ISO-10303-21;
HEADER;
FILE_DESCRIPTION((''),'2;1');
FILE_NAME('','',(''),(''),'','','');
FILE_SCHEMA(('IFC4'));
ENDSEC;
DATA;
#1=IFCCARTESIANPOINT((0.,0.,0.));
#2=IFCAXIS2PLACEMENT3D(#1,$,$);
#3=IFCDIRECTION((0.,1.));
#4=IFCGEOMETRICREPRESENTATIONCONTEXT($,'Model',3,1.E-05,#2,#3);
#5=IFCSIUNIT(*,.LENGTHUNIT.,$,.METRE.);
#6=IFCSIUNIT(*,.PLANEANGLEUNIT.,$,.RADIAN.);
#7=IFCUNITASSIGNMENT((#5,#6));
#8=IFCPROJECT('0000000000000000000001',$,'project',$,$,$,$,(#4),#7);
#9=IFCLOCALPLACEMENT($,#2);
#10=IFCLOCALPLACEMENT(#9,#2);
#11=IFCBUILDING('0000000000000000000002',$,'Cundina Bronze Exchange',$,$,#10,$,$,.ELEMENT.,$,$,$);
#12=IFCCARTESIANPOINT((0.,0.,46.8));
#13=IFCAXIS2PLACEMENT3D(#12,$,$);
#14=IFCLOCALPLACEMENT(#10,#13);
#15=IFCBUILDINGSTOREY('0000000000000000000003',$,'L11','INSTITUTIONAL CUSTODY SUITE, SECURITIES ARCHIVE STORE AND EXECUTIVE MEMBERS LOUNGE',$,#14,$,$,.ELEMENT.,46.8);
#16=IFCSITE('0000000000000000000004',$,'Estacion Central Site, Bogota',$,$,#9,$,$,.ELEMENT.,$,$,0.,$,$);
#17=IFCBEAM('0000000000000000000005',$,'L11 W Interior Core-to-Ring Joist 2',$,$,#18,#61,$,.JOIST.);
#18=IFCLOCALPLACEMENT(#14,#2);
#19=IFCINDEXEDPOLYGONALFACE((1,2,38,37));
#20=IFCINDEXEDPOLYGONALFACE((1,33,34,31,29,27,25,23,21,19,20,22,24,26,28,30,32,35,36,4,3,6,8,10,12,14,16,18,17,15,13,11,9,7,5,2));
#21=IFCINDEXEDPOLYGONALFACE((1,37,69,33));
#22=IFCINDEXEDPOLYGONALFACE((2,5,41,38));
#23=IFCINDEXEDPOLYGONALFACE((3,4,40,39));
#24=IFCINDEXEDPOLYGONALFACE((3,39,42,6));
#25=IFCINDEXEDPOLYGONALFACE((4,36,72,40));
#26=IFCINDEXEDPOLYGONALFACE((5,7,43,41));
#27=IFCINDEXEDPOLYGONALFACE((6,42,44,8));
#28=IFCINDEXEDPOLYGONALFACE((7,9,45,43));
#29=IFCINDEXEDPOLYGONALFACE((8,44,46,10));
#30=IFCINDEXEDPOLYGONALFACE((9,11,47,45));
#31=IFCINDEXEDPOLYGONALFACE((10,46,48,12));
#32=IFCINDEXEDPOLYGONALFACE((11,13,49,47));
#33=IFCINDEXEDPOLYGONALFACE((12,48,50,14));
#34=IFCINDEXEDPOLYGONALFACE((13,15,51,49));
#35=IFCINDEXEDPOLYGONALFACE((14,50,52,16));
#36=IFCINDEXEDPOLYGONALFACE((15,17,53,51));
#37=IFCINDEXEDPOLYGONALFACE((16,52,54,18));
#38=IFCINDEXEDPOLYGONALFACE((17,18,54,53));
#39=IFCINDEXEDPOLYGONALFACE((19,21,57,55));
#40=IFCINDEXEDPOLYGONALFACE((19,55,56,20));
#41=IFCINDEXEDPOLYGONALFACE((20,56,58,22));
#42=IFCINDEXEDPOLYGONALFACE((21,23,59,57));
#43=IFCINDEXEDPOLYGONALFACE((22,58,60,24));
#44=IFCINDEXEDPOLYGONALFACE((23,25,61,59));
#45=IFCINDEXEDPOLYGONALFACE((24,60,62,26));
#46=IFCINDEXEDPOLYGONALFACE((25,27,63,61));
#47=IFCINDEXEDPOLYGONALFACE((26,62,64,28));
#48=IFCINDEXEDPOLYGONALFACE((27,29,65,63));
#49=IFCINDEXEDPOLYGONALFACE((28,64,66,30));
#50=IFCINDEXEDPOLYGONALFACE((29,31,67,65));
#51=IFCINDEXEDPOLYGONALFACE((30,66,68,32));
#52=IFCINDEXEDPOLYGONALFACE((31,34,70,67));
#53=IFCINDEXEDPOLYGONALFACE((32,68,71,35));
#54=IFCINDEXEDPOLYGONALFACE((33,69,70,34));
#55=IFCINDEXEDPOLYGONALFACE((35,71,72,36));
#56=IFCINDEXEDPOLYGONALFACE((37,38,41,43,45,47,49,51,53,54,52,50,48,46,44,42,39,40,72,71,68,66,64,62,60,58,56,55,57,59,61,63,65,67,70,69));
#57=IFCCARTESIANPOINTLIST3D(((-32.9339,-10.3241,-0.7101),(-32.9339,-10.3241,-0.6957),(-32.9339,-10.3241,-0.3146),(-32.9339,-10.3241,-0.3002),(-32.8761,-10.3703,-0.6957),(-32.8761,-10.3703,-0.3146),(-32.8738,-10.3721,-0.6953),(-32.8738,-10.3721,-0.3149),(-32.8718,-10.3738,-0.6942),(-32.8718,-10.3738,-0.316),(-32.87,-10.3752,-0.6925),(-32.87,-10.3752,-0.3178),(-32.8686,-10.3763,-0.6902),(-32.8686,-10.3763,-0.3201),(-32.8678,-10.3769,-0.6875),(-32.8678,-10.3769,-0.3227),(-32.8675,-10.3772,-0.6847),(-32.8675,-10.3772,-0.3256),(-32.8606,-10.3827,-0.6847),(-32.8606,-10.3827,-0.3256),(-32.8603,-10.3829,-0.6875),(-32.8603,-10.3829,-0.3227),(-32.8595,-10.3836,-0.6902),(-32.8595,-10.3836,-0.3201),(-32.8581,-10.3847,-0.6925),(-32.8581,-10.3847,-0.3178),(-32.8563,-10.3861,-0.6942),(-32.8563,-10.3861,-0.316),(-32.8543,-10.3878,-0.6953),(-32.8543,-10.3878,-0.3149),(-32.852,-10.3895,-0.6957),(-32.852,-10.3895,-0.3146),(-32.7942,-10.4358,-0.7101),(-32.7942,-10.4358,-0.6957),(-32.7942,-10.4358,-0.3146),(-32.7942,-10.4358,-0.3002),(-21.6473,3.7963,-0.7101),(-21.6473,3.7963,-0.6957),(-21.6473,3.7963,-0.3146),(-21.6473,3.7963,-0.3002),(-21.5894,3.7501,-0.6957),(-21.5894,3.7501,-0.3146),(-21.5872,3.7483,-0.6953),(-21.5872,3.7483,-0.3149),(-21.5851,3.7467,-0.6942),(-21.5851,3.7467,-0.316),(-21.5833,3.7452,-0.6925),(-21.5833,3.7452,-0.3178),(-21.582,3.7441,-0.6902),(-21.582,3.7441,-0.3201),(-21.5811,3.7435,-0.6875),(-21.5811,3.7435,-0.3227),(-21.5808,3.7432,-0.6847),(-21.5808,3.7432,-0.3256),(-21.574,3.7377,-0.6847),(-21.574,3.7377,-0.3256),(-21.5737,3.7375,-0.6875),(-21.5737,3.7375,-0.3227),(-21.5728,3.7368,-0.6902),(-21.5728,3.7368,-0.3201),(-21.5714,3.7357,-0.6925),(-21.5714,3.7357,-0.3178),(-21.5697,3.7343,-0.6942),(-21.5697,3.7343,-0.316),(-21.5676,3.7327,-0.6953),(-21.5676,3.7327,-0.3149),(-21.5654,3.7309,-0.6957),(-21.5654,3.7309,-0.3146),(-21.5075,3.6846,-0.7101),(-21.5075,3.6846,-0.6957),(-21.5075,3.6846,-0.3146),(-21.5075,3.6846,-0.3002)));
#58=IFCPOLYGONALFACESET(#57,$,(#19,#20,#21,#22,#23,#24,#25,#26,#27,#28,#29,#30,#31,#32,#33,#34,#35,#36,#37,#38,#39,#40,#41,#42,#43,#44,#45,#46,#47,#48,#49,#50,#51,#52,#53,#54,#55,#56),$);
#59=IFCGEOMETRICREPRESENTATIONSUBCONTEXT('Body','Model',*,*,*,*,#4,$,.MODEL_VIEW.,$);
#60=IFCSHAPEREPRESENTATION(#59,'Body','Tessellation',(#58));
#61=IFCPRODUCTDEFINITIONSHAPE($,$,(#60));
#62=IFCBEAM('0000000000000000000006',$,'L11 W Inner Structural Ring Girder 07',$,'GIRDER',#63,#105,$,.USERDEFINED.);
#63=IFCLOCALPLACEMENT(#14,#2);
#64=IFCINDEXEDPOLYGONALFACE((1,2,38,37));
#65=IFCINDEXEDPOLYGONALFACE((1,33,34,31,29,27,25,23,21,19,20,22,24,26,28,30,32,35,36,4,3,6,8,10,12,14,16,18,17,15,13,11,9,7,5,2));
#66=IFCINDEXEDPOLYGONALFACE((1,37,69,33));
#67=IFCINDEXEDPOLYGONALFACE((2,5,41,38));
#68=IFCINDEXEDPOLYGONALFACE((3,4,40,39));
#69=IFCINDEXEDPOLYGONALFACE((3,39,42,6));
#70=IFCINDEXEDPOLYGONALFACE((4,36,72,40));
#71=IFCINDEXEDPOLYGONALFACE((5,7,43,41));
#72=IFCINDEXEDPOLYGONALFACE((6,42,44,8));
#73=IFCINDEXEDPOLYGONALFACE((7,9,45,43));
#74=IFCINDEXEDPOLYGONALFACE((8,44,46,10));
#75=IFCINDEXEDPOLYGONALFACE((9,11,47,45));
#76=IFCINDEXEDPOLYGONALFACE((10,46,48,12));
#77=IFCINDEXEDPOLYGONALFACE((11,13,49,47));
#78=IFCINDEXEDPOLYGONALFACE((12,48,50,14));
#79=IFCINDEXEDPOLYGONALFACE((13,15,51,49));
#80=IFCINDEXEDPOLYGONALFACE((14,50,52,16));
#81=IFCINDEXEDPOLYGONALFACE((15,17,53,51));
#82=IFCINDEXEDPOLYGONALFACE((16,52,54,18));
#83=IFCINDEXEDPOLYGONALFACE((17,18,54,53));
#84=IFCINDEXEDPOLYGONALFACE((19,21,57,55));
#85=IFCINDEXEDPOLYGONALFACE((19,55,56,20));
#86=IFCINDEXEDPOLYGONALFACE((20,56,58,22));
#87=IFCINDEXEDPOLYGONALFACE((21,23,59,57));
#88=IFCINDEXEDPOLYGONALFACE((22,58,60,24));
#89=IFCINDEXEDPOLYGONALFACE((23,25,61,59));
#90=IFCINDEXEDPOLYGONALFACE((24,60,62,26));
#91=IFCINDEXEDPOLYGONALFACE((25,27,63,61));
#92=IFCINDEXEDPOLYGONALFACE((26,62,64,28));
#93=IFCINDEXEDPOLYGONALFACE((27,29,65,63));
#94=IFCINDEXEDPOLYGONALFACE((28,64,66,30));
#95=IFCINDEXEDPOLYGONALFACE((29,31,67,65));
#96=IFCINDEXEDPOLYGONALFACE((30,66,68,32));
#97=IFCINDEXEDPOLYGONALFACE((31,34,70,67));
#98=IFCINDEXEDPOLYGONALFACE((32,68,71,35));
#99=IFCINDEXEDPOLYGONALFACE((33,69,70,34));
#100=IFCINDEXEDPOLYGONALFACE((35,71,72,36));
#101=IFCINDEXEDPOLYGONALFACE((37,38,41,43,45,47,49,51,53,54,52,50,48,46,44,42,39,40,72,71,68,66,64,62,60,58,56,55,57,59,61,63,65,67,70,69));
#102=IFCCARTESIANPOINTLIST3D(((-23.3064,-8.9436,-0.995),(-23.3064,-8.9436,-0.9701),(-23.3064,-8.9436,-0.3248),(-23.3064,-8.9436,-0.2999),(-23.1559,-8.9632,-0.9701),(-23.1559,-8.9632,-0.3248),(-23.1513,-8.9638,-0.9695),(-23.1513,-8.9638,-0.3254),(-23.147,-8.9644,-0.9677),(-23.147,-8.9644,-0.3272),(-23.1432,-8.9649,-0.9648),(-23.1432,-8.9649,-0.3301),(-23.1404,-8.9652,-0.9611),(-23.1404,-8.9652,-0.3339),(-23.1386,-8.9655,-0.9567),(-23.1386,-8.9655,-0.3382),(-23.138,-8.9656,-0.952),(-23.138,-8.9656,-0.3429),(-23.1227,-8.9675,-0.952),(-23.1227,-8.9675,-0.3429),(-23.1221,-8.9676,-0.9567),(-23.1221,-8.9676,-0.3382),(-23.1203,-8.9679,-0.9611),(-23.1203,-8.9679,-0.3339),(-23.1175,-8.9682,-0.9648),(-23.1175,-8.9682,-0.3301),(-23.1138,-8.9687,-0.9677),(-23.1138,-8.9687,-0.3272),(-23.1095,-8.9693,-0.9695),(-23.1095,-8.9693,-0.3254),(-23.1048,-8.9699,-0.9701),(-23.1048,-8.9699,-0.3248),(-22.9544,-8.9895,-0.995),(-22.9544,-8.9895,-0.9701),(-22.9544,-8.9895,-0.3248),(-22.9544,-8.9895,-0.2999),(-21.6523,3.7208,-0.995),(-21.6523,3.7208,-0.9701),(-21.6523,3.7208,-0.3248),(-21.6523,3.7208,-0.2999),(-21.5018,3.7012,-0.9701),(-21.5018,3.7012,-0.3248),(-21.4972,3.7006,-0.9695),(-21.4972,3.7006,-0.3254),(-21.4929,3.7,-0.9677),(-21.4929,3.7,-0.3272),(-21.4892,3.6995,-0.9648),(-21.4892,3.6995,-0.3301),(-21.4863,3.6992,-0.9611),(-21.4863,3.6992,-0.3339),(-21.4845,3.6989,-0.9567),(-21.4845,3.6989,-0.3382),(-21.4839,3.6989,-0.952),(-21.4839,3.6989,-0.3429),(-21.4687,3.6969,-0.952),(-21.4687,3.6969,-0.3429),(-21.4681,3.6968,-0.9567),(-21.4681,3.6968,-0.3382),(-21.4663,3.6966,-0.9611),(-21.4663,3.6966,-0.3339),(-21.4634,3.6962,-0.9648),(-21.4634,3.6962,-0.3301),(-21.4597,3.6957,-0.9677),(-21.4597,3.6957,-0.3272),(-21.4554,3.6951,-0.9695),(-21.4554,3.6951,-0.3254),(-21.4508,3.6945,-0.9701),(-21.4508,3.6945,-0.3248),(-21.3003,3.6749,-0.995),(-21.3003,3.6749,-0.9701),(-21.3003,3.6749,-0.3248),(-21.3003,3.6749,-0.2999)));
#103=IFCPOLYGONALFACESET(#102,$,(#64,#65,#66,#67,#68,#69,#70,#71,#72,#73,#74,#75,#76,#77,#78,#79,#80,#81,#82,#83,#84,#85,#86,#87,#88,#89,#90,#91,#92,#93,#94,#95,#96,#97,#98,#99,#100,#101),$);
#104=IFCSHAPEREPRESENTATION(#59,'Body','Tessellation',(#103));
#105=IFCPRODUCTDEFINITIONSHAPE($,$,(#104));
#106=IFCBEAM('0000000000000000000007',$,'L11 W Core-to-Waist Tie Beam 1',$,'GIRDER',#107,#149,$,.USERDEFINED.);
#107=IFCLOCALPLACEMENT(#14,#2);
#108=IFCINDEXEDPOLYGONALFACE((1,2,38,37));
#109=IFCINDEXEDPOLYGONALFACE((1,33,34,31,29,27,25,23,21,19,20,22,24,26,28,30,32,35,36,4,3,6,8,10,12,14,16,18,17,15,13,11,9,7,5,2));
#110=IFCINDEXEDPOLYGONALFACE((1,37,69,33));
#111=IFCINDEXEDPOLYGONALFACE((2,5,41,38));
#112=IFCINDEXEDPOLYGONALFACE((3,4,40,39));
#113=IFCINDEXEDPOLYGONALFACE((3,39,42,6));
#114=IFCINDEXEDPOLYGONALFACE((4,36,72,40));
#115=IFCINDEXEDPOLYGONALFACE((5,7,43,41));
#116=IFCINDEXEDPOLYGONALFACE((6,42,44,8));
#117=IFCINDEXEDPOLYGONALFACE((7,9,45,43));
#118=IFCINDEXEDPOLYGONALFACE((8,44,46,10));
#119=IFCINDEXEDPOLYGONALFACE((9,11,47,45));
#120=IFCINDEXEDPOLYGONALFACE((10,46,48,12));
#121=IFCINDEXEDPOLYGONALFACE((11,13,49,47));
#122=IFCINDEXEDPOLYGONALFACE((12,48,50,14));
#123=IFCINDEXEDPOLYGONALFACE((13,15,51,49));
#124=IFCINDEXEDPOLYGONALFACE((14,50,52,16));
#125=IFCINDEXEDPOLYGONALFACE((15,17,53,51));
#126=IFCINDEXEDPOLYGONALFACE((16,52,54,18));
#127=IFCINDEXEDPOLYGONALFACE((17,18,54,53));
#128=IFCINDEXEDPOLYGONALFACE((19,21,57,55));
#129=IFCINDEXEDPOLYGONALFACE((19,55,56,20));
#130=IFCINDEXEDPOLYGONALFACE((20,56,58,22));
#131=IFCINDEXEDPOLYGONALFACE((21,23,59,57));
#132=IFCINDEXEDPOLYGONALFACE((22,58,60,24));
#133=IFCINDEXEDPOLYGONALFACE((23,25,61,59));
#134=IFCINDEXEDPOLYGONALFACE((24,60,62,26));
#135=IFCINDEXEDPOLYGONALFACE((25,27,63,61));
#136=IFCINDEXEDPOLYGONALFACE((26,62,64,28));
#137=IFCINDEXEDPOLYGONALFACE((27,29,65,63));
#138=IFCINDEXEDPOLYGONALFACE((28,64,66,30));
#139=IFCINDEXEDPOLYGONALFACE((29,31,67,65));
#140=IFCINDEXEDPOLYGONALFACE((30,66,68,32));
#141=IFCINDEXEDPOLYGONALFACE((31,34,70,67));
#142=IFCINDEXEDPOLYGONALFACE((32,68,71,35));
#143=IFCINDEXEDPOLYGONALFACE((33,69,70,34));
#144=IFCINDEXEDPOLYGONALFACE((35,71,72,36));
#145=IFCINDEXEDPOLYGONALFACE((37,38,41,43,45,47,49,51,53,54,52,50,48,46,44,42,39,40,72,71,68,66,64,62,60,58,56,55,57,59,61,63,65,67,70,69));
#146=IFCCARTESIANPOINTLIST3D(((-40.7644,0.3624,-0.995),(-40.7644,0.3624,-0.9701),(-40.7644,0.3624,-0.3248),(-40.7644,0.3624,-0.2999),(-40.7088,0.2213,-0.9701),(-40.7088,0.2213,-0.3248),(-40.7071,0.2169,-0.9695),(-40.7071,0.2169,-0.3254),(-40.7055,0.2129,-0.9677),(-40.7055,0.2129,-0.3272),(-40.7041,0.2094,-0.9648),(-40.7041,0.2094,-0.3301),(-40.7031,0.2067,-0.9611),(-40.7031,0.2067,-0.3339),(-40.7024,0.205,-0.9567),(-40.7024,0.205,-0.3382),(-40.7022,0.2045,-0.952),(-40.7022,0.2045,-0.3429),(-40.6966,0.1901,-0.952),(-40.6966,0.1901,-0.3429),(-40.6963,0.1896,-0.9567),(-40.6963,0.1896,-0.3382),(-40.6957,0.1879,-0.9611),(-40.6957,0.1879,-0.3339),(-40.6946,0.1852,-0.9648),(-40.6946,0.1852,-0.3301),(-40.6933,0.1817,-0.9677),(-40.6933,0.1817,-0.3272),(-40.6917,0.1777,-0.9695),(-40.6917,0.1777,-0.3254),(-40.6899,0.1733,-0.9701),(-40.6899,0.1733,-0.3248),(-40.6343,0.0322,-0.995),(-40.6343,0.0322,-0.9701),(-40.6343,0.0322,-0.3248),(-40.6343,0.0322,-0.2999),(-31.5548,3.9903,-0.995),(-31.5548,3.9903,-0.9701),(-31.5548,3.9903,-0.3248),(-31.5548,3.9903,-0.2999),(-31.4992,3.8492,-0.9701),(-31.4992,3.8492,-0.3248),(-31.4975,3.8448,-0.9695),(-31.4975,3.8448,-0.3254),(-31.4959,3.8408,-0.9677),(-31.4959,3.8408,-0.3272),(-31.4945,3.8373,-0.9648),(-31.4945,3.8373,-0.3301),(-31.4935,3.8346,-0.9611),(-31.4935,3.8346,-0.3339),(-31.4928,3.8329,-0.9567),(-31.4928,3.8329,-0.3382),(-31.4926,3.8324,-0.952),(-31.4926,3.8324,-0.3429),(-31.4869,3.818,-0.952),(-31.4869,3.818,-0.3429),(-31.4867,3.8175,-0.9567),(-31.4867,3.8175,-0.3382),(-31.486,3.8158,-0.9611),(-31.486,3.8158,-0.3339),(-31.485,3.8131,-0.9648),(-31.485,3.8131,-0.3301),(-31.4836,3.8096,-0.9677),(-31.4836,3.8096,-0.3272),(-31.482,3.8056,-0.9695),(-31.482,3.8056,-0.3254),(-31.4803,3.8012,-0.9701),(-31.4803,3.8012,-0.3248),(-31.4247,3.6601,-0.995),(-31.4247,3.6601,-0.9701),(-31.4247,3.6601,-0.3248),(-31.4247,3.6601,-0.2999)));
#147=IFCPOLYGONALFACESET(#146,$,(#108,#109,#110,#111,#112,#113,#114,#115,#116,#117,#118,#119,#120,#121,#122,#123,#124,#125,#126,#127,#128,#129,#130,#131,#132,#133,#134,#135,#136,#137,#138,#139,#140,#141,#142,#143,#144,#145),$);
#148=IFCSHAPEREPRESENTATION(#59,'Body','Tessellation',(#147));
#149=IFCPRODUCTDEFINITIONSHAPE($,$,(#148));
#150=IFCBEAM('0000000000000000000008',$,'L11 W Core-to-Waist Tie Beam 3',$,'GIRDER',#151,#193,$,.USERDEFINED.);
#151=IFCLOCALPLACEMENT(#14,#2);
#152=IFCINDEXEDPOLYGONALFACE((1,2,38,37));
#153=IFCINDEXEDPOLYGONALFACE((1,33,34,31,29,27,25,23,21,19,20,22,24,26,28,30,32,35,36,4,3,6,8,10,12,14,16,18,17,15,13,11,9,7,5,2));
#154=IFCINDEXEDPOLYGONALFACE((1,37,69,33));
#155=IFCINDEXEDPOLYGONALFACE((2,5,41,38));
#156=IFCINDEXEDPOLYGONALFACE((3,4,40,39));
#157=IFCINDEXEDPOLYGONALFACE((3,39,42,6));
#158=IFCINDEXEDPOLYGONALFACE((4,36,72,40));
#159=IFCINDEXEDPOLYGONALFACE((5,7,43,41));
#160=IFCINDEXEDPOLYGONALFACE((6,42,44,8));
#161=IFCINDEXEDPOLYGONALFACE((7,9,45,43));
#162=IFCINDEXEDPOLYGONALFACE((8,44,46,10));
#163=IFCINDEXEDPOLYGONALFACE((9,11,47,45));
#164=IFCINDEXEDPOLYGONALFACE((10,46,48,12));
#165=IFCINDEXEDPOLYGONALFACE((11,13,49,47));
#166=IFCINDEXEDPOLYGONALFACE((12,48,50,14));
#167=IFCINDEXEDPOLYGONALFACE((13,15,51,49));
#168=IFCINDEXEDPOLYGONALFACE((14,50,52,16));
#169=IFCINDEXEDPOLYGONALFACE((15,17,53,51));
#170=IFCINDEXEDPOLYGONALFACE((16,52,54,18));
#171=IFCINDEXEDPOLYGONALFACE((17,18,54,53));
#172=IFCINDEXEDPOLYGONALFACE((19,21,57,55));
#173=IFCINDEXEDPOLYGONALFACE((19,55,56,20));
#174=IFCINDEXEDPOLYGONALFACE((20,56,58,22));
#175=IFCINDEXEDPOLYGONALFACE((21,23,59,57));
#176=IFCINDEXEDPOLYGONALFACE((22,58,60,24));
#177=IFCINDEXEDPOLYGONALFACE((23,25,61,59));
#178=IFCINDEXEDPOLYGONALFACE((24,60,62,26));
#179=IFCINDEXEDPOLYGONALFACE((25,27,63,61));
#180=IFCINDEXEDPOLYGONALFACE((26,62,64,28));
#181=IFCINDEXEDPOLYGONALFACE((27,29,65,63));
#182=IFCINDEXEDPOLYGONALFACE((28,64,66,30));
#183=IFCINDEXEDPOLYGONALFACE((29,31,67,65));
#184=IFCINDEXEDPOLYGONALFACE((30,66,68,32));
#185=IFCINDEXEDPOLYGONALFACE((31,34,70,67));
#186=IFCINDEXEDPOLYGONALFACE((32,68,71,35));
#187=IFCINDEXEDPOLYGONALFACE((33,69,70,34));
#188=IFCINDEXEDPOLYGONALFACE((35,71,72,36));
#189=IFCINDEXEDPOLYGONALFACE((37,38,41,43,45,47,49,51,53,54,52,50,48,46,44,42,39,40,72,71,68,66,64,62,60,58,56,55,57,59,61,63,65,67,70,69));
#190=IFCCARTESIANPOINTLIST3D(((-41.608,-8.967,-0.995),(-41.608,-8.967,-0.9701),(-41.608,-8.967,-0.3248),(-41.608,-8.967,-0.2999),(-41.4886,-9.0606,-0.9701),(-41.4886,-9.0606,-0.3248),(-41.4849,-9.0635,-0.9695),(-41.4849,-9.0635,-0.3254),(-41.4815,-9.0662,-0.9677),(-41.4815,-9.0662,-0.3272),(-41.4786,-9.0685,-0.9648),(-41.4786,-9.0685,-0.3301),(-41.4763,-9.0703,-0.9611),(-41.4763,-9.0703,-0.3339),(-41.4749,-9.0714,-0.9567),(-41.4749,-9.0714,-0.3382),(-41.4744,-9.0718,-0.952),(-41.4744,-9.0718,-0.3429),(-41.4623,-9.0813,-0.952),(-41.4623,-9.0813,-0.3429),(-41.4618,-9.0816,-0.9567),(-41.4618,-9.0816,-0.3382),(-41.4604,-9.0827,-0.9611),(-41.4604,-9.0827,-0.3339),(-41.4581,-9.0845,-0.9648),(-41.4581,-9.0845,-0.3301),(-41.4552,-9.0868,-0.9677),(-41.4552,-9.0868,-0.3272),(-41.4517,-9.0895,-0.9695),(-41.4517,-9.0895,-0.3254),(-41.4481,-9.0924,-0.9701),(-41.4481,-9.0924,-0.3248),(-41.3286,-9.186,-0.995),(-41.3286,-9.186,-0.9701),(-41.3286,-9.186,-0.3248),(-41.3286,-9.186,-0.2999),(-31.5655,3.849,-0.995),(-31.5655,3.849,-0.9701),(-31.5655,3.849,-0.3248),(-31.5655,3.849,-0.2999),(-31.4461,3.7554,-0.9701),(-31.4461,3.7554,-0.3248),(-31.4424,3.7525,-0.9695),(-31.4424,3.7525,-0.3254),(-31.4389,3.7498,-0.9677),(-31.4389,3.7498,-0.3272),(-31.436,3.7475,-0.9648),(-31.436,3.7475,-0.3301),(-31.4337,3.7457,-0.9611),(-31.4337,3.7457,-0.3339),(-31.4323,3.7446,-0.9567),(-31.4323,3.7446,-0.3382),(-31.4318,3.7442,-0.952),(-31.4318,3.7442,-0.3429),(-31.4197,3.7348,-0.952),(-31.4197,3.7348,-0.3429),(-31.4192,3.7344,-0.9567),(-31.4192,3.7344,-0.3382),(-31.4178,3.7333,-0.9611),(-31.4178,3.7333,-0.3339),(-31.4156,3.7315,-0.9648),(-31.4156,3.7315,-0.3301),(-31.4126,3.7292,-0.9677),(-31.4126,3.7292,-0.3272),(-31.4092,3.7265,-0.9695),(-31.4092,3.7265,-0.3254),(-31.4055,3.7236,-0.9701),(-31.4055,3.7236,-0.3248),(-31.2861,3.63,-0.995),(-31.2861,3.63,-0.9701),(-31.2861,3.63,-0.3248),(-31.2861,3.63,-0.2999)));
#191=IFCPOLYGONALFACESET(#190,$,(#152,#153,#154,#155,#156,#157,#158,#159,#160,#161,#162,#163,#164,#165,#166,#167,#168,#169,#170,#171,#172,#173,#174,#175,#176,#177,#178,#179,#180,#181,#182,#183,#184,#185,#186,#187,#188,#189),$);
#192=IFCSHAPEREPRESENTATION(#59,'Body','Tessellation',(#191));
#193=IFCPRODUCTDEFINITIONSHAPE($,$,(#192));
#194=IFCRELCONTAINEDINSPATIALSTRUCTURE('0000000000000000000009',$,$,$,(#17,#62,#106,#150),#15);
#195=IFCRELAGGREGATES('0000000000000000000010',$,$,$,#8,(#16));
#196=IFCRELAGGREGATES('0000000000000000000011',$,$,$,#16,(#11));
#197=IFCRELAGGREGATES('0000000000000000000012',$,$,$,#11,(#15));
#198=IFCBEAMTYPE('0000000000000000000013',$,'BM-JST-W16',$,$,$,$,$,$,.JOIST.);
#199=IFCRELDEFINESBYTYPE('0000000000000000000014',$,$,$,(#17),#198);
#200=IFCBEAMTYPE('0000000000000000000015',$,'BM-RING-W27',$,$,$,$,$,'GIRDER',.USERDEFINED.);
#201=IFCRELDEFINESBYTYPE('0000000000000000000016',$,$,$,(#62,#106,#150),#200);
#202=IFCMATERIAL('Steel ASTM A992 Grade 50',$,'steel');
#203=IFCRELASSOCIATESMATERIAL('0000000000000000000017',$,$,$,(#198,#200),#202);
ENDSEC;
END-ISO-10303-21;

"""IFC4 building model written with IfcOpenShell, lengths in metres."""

from ifc_helpers import new_model, si_unit, direction, frame, origin, origin_2d, place, context, subcontext, project, spatial, i_section, extrude, material, material_profile, profile_set, type_object, element, save


model = new_model("IFC4")

# Units and contexts
model_context = context("Model", 3, precision=1e-05, world=origin(), true_north=direction((0.0, 1.0)))
body_context = subcontext(model_context, "Body", "Model", "MODEL_VIEW")
ifc_project = project(units=[si_unit("LENGTHUNIT", "METRE"), si_unit("PLANEANGLEUNIT", "RADIAN")], contexts=[model_context])

# Site, building, storey
site_placement = place(None, origin())
site = spatial("IfcSite", under=ifc_project, at=site_placement, Name="Estacion Central Site, Bogota", CompositionType="ELEMENT", RefElevation=0.0)
building_placement = place(site_placement, origin())
building = spatial("IfcBuilding", under=site, at=building_placement, Name="Cundina Bronze Exchange", CompositionType="ELEMENT")
storey_placement = place(building_placement, frame((0.0, 0.0, 46.8)))
storey = spatial("IfcBuildingStorey", under=building, at=storey_placement, Name="L11", Description="INSTITUTIONAL CUSTODY SUITE, SECURITIES ARCHIVE STORE AND EXECUTIVE MEMBERS LOUNGE", CompositionType="ELEMENT", Elevation=46.8)

# Shared definitions
ifc_material_1 = material(Name="Steel ASTM A992 Grade 50", Category="steel")

# Beams
ifc_material_profile_1 = material_profile(ifc_material_1, i_section(OverallWidth=0.179, OverallDepth=0.4099, WebThickness=0.0088, FlangeThickness=0.0144, FilletRadius=0.011, at=origin_2d()), Name="W16X45", Category="steel")
ifc_profile_set_1 = profile_set([ifc_material_profile_1], Name="Steel ASTM A992 Grade 50")
beam_type_1 = type_object("IfcBeamType", Name="BM-JST-W16", PredefinedType="JOIST", material=ifc_profile_set_1)
beam_1_placement = place(storey_placement, frame((-21.5774, 3.7405, -0.5051), z_axis=(-0.624369, -0.78113, 0.0), x_axis=(0.78113, -0.624369, 0.0)))
element("IfcBeam", 1, at=beam_1_placement, inside=storey, type_object=beam_type_1, Name="L11 W Interior Core-to-Ring Joist 2", PredefinedType="JOIST", context=body_context, shape_type="SweptSolid", body=[
    extrude(i_section(OverallWidth=0.179, OverallDepth=0.4099, WebThickness=0.0088, FlangeThickness=0.0144, FilletRadius=0.011, at=origin_2d()), origin(), (0.0, 0.0, 1.0), 18.0769),
])
ifc_material_profile_2 = material_profile(ifc_material_1, i_section(OverallWidth=0.355, OverallDepth=0.6951, WebThickness=0.0154, FlangeThickness=0.0249, FilletRadius=0.0181, at=origin_2d()), Name="W27X146", Category="steel")
ifc_profile_set_2 = profile_set([ifc_material_profile_2], Name="Steel ASTM A992 Grade 50")
beam_type_2 = type_object("IfcBeamType", Name="BM-RING-W27", ElementType="GIRDER", PredefinedType="USERDEFINED", material=ifc_profile_set_2)
beam_2_placement = place(storey_placement, frame((-23.1304, -8.9666, -0.6475), z_axis=(0.129508, 0.991578, 0.0), x_axis=(-0.991578, 0.129508, 0.0)))
element("IfcBeam", 2, at=beam_2_placement, inside=storey, type_object=beam_type_2, Name="L11 W Inner Structural Ring Girder 07", ObjectType="GIRDER", PredefinedType="USERDEFINED", context=body_context, shape_type="SweptSolid", body=[
    extrude(i_section(OverallWidth=0.355, OverallDepth=0.6951, WebThickness=0.0154, FlangeThickness=0.0249, FilletRadius=0.0181, at=origin_2d()), origin(), (0.0, 0.0, 1.0), 12.772),
])
beam_3_placement = place(storey_placement, frame((-31.4897, 3.8252, -0.6475), z_axis=(-0.930413, -0.366512, 0.0), x_axis=(0.366512, -0.930413, 0.0)))
element("IfcBeam", 3, at=beam_3_placement, inside=storey, type_object=beam_type_2, Name="L11 W Core-to-Waist Tie Beam 1", ObjectType="GIRDER", PredefinedType="USERDEFINED", context=body_context, shape_type="SweptSolid", body=[
    extrude(i_section(OverallWidth=0.355, OverallDepth=0.6951, WebThickness=0.0154, FlangeThickness=0.0249, FilletRadius=0.0181, at=origin_2d()), origin(), (0.0, 0.0, 1.0), 9.8984),
])
beam_4_placement = place(storey_placement, frame((-31.4258, 3.7395, -0.6475), z_axis=(-0.616789, -0.787128, 0.0), x_axis=(0.787128, -0.616789, 0.0)))
element("IfcBeam", 4, at=beam_4_placement, inside=storey, type_object=beam_type_2, Name="L11 W Core-to-Waist Tie Beam 3", ObjectType="GIRDER", PredefinedType="USERDEFINED", context=body_context, shape_type="SweptSolid", body=[
    extrude(i_section(OverallWidth=0.355, OverallDepth=0.6951, WebThickness=0.0154, FlangeThickness=0.0249, FilletRadius=0.0181, at=origin_2d()), origin(), (0.0, 0.0, 1.0), 16.282),
])

save(model, "model.ifc")
